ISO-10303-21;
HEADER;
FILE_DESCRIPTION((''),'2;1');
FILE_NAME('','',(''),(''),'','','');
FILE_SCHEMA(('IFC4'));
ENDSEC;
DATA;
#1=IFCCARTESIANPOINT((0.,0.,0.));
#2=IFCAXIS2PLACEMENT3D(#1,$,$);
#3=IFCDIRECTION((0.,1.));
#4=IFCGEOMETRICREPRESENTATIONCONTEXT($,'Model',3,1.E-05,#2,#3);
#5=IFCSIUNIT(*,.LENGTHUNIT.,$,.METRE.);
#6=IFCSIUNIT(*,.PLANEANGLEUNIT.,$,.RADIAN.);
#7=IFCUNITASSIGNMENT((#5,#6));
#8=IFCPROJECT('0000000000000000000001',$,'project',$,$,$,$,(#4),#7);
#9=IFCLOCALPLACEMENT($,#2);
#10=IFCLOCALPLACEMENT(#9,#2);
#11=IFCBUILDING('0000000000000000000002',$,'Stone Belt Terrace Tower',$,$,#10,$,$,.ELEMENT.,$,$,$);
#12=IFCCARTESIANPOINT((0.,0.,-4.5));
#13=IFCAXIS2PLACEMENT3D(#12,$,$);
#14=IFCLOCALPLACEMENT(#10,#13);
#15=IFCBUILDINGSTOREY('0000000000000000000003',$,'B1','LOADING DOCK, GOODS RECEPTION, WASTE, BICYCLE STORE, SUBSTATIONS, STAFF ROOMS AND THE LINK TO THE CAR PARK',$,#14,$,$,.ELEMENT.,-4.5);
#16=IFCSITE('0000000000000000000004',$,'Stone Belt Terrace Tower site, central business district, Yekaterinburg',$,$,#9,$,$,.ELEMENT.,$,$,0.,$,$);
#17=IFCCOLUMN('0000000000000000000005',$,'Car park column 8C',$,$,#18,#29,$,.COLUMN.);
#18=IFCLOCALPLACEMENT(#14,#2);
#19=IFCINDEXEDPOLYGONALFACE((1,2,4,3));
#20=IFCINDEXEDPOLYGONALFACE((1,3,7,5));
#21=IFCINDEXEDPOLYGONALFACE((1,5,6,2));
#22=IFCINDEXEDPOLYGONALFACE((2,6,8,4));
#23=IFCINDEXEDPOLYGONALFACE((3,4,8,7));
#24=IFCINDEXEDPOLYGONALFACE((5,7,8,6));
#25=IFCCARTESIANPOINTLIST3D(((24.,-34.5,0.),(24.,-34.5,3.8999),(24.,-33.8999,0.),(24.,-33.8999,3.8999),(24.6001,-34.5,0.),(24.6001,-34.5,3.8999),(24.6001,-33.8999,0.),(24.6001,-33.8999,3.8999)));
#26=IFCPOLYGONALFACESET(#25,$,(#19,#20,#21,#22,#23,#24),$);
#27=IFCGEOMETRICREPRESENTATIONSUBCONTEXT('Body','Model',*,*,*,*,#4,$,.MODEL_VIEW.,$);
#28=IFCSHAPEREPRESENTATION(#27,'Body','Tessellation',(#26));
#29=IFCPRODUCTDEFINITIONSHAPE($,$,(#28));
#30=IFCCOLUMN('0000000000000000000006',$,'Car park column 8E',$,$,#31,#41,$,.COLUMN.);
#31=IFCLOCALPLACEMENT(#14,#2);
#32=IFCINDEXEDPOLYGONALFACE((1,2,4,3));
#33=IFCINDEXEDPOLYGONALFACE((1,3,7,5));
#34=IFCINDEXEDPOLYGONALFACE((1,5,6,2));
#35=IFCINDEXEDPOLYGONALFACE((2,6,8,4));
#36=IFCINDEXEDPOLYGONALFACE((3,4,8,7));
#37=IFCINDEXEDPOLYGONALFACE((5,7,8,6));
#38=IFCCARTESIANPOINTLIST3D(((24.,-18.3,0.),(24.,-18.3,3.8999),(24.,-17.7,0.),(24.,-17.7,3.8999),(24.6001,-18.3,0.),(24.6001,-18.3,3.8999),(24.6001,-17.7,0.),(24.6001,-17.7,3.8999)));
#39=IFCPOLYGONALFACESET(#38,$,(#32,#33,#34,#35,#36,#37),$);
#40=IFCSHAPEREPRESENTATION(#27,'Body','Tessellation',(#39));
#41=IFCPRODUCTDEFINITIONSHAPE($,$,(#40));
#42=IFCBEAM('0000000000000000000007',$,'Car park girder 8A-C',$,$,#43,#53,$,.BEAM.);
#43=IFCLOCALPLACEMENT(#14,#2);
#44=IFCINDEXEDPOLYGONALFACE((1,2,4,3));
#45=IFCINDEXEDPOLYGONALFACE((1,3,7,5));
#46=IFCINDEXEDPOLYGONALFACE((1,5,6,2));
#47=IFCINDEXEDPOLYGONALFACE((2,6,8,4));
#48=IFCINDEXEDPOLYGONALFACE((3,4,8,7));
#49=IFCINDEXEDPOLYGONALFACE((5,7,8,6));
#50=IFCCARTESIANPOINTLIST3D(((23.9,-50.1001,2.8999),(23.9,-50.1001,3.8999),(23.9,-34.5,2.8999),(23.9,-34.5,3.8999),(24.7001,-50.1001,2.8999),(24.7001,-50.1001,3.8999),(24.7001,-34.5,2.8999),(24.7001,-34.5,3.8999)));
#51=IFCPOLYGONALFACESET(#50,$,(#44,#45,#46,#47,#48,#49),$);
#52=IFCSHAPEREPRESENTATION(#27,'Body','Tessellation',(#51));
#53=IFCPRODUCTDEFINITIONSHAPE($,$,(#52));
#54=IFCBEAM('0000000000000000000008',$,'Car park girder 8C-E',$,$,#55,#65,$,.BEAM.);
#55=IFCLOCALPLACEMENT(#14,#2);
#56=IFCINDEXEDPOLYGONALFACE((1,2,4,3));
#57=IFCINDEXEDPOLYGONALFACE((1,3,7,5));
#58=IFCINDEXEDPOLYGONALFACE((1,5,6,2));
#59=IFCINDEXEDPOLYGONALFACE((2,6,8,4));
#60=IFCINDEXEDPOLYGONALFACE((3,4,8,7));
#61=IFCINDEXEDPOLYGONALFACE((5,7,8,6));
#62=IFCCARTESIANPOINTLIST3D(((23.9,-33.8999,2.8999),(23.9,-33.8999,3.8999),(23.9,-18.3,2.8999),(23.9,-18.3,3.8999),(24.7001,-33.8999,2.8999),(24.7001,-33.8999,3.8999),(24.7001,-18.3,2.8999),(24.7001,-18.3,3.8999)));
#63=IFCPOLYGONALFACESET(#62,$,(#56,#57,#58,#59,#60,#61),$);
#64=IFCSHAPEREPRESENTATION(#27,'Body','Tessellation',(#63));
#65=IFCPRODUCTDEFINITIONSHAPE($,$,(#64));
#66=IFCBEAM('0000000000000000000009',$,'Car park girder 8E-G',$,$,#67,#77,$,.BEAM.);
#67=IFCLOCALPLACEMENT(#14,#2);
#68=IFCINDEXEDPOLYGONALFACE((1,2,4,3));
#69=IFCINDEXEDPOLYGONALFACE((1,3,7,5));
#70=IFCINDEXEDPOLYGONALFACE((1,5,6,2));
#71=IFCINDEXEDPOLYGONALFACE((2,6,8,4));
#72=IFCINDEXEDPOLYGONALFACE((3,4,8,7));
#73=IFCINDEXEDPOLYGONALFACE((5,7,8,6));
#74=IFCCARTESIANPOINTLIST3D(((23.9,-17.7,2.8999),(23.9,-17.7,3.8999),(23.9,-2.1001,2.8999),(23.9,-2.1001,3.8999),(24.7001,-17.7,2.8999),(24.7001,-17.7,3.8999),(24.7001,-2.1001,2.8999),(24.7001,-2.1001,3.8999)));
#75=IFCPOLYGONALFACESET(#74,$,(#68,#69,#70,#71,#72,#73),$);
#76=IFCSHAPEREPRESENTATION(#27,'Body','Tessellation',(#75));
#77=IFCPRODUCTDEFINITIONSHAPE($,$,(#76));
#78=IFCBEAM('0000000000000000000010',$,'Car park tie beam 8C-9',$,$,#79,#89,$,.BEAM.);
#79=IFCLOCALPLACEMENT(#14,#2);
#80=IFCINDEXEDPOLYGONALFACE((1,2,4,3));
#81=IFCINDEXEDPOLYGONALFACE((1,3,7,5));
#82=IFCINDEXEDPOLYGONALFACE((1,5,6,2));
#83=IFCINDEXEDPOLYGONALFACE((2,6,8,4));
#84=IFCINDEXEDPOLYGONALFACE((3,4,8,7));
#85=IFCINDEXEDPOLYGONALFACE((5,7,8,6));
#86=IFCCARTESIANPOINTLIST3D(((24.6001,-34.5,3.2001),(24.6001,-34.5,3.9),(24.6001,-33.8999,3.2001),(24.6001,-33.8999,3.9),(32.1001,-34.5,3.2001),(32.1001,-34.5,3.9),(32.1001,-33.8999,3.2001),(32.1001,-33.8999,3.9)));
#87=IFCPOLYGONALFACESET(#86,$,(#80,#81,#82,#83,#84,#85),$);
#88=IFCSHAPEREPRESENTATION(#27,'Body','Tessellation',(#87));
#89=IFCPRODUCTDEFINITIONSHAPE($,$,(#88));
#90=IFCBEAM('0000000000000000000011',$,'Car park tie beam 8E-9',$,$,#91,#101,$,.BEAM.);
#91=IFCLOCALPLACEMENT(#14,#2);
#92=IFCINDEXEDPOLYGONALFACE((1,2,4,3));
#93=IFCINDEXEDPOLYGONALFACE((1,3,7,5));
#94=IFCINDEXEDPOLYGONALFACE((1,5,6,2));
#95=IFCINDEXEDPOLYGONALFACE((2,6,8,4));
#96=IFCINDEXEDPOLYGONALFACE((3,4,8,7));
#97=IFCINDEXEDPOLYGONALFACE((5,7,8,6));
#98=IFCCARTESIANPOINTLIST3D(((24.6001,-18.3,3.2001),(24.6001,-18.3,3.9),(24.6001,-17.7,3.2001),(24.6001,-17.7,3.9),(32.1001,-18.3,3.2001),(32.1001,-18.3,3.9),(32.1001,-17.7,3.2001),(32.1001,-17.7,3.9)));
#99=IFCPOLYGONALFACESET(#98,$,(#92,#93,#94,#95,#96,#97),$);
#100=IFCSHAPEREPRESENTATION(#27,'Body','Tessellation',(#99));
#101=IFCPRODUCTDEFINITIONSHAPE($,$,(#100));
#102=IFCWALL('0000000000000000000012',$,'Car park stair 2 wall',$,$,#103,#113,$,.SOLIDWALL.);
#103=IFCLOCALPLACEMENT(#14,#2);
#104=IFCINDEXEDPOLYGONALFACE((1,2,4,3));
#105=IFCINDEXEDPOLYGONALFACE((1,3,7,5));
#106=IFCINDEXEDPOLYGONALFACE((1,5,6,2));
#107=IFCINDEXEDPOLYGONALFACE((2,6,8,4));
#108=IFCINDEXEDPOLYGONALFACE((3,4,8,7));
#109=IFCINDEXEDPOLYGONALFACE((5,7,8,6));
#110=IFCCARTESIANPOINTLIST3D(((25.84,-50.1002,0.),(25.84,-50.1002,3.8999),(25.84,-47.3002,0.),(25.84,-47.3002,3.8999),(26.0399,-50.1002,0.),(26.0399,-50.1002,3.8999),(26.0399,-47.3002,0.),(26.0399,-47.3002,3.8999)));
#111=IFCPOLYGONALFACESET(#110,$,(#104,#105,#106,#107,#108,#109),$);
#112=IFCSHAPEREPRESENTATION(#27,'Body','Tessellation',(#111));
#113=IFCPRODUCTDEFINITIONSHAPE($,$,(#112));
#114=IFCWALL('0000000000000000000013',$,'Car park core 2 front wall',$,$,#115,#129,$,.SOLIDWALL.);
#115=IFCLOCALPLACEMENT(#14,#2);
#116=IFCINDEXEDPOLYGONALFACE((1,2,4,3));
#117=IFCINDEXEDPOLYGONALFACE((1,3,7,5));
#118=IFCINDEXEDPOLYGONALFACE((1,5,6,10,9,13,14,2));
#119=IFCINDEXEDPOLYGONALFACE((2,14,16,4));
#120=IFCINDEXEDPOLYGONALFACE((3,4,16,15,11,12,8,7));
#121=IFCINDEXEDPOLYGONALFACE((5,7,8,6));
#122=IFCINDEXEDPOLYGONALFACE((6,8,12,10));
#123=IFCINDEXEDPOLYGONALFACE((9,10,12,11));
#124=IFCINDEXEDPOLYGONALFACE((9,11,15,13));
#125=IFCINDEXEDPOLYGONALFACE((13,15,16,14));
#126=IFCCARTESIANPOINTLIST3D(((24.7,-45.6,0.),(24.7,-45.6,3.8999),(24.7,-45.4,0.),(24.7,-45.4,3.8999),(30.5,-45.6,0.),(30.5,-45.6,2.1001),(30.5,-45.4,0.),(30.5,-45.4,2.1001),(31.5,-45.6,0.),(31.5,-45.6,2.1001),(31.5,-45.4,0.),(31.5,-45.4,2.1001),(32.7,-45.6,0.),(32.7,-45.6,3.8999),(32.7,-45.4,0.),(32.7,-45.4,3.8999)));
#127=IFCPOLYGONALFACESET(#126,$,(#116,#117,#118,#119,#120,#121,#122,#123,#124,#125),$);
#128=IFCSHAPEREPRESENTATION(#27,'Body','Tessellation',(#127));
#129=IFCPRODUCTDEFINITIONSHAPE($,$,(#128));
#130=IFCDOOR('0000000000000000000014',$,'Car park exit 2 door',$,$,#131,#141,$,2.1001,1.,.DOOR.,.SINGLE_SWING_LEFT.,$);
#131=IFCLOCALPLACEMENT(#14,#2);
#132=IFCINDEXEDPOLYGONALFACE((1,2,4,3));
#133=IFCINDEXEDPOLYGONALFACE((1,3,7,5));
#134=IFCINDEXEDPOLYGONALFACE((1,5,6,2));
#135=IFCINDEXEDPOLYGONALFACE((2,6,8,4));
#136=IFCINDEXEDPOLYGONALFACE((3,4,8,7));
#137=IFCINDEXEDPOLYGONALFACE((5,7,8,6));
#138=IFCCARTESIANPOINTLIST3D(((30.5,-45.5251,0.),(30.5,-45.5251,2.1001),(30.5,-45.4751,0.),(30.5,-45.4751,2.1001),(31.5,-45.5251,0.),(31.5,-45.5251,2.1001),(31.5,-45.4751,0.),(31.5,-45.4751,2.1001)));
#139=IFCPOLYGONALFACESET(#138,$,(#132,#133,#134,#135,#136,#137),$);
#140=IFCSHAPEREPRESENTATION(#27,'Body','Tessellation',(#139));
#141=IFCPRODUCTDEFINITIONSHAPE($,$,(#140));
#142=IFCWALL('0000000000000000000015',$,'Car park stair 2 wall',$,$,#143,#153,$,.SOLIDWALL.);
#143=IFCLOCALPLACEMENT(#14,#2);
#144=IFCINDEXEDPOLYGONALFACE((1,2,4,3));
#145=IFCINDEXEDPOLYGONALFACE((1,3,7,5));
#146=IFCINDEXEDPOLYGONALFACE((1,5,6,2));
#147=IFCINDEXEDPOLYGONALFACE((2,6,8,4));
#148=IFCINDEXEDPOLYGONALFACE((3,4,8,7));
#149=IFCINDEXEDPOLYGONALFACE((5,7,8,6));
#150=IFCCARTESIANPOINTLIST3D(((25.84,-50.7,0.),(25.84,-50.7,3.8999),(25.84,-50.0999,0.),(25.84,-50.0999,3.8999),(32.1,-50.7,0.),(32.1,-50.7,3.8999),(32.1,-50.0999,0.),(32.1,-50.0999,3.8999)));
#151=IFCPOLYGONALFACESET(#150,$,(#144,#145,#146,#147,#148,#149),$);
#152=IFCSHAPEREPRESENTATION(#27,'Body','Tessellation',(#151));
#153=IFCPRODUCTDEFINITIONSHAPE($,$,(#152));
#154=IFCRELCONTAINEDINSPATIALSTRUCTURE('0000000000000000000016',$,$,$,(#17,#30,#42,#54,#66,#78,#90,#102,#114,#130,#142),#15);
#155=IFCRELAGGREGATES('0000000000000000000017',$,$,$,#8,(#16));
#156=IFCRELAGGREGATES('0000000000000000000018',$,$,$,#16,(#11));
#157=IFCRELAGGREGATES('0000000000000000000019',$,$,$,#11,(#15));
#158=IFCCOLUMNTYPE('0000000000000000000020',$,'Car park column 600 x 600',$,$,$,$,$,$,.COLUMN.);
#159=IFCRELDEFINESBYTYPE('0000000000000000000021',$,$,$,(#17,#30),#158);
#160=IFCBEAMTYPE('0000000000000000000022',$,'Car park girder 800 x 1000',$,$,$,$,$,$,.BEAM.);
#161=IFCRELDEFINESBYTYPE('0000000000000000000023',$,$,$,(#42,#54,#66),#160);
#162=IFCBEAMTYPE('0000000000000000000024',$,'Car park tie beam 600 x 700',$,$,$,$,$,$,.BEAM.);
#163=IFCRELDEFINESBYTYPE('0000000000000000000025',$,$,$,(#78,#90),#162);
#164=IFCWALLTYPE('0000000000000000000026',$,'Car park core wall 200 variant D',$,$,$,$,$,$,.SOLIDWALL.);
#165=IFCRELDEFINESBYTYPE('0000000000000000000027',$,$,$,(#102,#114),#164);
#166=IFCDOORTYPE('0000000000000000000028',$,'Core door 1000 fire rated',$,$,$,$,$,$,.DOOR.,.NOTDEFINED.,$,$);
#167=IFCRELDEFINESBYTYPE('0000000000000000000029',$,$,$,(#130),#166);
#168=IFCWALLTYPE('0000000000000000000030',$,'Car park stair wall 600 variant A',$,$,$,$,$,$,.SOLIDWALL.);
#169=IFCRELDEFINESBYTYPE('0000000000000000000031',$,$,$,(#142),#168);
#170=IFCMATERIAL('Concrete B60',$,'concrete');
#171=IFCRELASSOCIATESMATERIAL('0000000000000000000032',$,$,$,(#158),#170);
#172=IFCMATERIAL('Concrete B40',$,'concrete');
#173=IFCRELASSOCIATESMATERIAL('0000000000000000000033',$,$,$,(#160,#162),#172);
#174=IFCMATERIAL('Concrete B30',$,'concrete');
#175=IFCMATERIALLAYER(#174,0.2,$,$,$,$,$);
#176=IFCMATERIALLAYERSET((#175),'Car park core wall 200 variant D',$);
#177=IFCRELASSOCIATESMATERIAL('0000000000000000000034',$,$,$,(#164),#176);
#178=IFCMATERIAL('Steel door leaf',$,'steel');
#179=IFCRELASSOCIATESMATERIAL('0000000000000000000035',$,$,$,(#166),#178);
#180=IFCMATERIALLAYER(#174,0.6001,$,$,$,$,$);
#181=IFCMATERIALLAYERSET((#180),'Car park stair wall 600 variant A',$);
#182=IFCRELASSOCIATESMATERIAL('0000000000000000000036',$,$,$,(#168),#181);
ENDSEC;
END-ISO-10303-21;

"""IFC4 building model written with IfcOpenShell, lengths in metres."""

from ifc_helpers import new_model, si_unit, direction, frame, frame_2d, origin, origin_2d, place, context, subcontext, project, spatial, rectangle, extrude, material, layer, layer_set, material_profile, profile_set, type_object, element, fill, save


model = new_model("IFC4")

# Units and contexts
model_context = context("Model", 3, precision=1e-05, world=origin(), true_north=direction((0.0, 1.0)))
body_context = subcontext(model_context, "Body", "Model", "MODEL_VIEW")
ifc_project = project(units=[si_unit("LENGTHUNIT", "METRE"), si_unit("PLANEANGLEUNIT", "RADIAN")], contexts=[model_context])

# Site, building, storey
site_placement = place(None, origin())
site = spatial("IfcSite", under=ifc_project, at=site_placement, Name="Stone Belt Terrace Tower site, central business district, Yekaterinburg", CompositionType="ELEMENT", RefElevation=0.0)
building_placement = place(site_placement, origin())
building = spatial("IfcBuilding", under=site, at=building_placement, Name="Stone Belt Terrace Tower", CompositionType="ELEMENT")
storey_placement = place(building_placement, frame((0.0, 0.0, -4.5)))
storey = spatial("IfcBuildingStorey", under=building, at=storey_placement, Name="B1", Description="LOADING DOCK, GOODS RECEPTION, WASTE, BICYCLE STORE, SUBSTATIONS, STAFF ROOMS AND THE LINK TO THE CAR PARK", CompositionType="ELEMENT", Elevation=-4.5)

# Columns
ifc_material_1 = material(Name="Concrete B60", Category="concrete")
ifc_material_profile_1 = material_profile(ifc_material_1, rectangle(XDim=0.6001, YDim=0.6001, at=origin_2d()), Name="Car park column 600 x 600")
ifc_profile_set_1 = profile_set([ifc_material_profile_1], Name="Concrete B60")
column_type = type_object("IfcColumnType", Name="Car park column 600 x 600", PredefinedType="COLUMN", material=ifc_profile_set_1)
for number, where, z_axis, x_axis, name in (
    (1, (24.3, -34.2, 0.0), (0.0, 0.0, 1.0), (1.0, 0.0, 0.0), "Car park column 8C"),
    (2, (24.3, -18.0, 0.0), (0.0, 0.0, 1.0), (1.0, 0.0, 0.0), "Car park column 8E"),
):
    element("IfcColumn", number, at=place(storey_placement, frame(where, z_axis=z_axis, x_axis=x_axis)), inside=storey, type_object=column_type, Name=name, PredefinedType="COLUMN", context=body_context, shape_type="SweptSolid", body=[
        extrude(rectangle(XDim=0.6001, YDim=0.6001, at=origin_2d()), origin(), (0.0, 0.0, 1.0), 3.8999),
    ])

# Beams
ifc_material_2 = material(Name="Concrete B40", Category="concrete")
ifc_material_profile_2 = material_profile(ifc_material_2, rectangle(XDim=0.8, YDim=1.0, at=origin_2d()), Name="Car park girder 800 x 1000")
ifc_profile_set_2 = profile_set([ifc_material_profile_2], Name="Concrete B40")
beam_type_1 = type_object("IfcBeamType", Name="Car park girder 800 x 1000", PredefinedType="BEAM", material=ifc_profile_set_2)
beam_placement = place(storey_placement, frame((24.3, -50.1001, 3.3999), z_axis=(0.0, 1.0, 0.0), x_axis=(-1.0, 0.0, 0.0)))
element("IfcBeam", 3, at=beam_placement, inside=storey, type_object=beam_type_1, Name="Car park girder 8A-C", PredefinedType="BEAM", context=body_context, shape_type="SweptSolid", body=[
    extrude(rectangle(XDim=0.8, YDim=1.0, at=origin_2d()), origin(), (0.0, 0.0, 1.0), 15.6001),
])
for number, where, z_axis, x_axis, name in (
    (4, (24.3, -33.8999, 3.3999), (0.0, 1.0, 0.0), (-1.0, 0.0, 0.0), "Car park girder 8C-E"),
    (5, (24.3, -17.7, 3.3999), (0.0, 1.0, 0.0), (-1.0, 0.0, 0.0), "Car park girder 8E-G"),
):
    element("IfcBeam", number, at=place(storey_placement, frame(where, z_axis=z_axis, x_axis=x_axis)), inside=storey, type_object=beam_type_1, Name=name, PredefinedType="BEAM", context=body_context, shape_type="SweptSolid", body=[
        extrude(rectangle(XDim=0.8, YDim=1.0, at=origin_2d()), origin(), (0.0, 0.0, 1.0), 15.5999),
    ])
ifc_material_profile_3 = material_profile(ifc_material_2, rectangle(XDim=0.6001, YDim=0.7, at=origin_2d()), Name="Car park tie beam 600 x 700")
ifc_profile_set_3 = profile_set([ifc_material_profile_3], Name="Concrete B40")
beam_type_2 = type_object("IfcBeamType", Name="Car park tie beam 600 x 700", PredefinedType="BEAM", material=ifc_profile_set_3)
for number, where, z_axis, x_axis, name in (
    (6, (24.6001, -34.2, 3.55), (1.0, 0.0, 0.0), (0.0, 1.0, 0.0), "Car park tie beam 8C-9"),
    (7, (24.6001, -18.0, 3.55), (1.0, 0.0, 0.0), (0.0, 1.0, 0.0), "Car park tie beam 8E-9"),
):
    element("IfcBeam", number, at=place(storey_placement, frame(where, z_axis=z_axis, x_axis=x_axis)), inside=storey, type_object=beam_type_2, Name=name, PredefinedType="BEAM", context=body_context, shape_type="SweptSolid", body=[
        extrude(rectangle(XDim=0.6001, YDim=0.7, at=origin_2d()), origin(), (0.0, 0.0, 1.0), 7.5),
    ])

# Wall
ifc_material_3 = material(Name="Concrete B30", Category="concrete")
ifc_layer_1 = layer(ifc_material_3, 0.2)
ifc_layer_set_1 = layer_set([ifc_layer_1], Name="Car park core wall 200 variant D")
wall_type_1 = type_object("IfcWallType", Name="Car park core wall 200 variant D", PredefinedType="SOLIDWALL", material=ifc_layer_set_1)
wall_1_placement = place(storey_placement, frame((25.9399, -50.1001, 0.0), z_axis=(0.0, 0.0, 1.0), x_axis=(0.0, 1.0, 0.0)))
element("IfcWall", 8, at=wall_1_placement, inside=storey, type_object=wall_type_1, Name="Car park stair 2 wall", PredefinedType="SOLIDWALL", context=body_context, shape_type="SweptSolid", body=[
    extrude(rectangle(XDim=2.8, YDim=0.2, at=frame_2d((1.3999, 0.0))), origin(), (0.0, 0.0, 1.0), 3.8999),
])

# Shared definitions
ifc_material_4 = material(Name="Steel door leaf", Category="steel")

# Wall, opening, door
wall_2_placement = place(storey_placement, frame((24.7, -45.5, 0.0), z_axis=(0.0, 0.0, 1.0), x_axis=(1.0, 0.0, 0.0)))
wall_2 = element("IfcWall", 9, at=wall_2_placement, inside=storey, type_object=wall_type_1, Name="Car park core 2 front wall", PredefinedType="SOLIDWALL", context=body_context, shape_type="SweptSolid", body=[
    extrude(rectangle(XDim=8.0, YDim=0.2, at=frame_2d((4.0, 0.0))), origin(), (0.0, 0.0, 1.0), 3.8999),
])
opening_1_placement = place(wall_2_placement, frame((5.8, 0.0, 0.0)))
opening_1 = element("IfcOpeningElement", 10, at=opening_1_placement, cuts=wall_2, PredefinedType="OPENING", context=body_context, shape_type="SweptSolid", body=[
    extrude(rectangle(XDim=1.0, YDim=2.1001, at=frame_2d((0.5, 1.05))), frame((0.0, 0.1099, 0.0), z_axis=(0.0, -1.0, 0.0), x_axis=(1.0, 0.0, 0.0)), (0.0, 0.0, 1.0), 0.22),
])
door_type_1 = type_object("IfcDoorType", Name="Core door 1000 fire rated", OperationType="NOTDEFINED", PredefinedType="DOOR", material=ifc_material_4)
door_1_placement = place(opening_1_placement, origin())
door_1 = element("IfcDoor", 11, at=door_1_placement, inside=storey, type_object=door_type_1, Name="Car park exit 2 door", OperationType="SINGLE_SWING_LEFT", OverallHeight=2.1001, OverallWidth=1.0, PredefinedType="DOOR", context=body_context, shape_type="SweptSolid", body=[
    extrude(rectangle(XDim=1.0, YDim=2.1001, at=frame_2d((0.5, 1.05))), frame((0.0, 0.0249, 0.0), z_axis=(0.0, -1.0, 0.0), x_axis=(1.0, 0.0, 0.0)), (0.0, 0.0, 1.0), 0.05),
])
fill(opening_1, door_1)

# Wall
ifc_layer_2 = layer(ifc_material_3, 0.6001)
ifc_layer_set_2 = layer_set([ifc_layer_2], Name="Car park stair wall 600 variant A")
wall_type_2 = type_object("IfcWallType", Name="Car park stair wall 600 variant A", PredefinedType="SOLIDWALL", material=ifc_layer_set_2)
wall_3_placement = place(storey_placement, frame((25.8401, -50.3999, 0.0), z_axis=(0.0, 0.0, 1.0), x_axis=(1.0, 0.0, 0.0)))
element("IfcWall", 12, at=wall_3_placement, inside=storey, type_object=wall_type_2, Name="Car park stair 2 wall", PredefinedType="SOLIDWALL", context=body_context, shape_type="SweptSolid", body=[
    extrude(rectangle(XDim=6.26, YDim=0.6001, at=frame_2d((3.1299, 0.0))), origin(), (0.0, 0.0, 1.0), 3.8999),
])

save(model, "model.ifc")
